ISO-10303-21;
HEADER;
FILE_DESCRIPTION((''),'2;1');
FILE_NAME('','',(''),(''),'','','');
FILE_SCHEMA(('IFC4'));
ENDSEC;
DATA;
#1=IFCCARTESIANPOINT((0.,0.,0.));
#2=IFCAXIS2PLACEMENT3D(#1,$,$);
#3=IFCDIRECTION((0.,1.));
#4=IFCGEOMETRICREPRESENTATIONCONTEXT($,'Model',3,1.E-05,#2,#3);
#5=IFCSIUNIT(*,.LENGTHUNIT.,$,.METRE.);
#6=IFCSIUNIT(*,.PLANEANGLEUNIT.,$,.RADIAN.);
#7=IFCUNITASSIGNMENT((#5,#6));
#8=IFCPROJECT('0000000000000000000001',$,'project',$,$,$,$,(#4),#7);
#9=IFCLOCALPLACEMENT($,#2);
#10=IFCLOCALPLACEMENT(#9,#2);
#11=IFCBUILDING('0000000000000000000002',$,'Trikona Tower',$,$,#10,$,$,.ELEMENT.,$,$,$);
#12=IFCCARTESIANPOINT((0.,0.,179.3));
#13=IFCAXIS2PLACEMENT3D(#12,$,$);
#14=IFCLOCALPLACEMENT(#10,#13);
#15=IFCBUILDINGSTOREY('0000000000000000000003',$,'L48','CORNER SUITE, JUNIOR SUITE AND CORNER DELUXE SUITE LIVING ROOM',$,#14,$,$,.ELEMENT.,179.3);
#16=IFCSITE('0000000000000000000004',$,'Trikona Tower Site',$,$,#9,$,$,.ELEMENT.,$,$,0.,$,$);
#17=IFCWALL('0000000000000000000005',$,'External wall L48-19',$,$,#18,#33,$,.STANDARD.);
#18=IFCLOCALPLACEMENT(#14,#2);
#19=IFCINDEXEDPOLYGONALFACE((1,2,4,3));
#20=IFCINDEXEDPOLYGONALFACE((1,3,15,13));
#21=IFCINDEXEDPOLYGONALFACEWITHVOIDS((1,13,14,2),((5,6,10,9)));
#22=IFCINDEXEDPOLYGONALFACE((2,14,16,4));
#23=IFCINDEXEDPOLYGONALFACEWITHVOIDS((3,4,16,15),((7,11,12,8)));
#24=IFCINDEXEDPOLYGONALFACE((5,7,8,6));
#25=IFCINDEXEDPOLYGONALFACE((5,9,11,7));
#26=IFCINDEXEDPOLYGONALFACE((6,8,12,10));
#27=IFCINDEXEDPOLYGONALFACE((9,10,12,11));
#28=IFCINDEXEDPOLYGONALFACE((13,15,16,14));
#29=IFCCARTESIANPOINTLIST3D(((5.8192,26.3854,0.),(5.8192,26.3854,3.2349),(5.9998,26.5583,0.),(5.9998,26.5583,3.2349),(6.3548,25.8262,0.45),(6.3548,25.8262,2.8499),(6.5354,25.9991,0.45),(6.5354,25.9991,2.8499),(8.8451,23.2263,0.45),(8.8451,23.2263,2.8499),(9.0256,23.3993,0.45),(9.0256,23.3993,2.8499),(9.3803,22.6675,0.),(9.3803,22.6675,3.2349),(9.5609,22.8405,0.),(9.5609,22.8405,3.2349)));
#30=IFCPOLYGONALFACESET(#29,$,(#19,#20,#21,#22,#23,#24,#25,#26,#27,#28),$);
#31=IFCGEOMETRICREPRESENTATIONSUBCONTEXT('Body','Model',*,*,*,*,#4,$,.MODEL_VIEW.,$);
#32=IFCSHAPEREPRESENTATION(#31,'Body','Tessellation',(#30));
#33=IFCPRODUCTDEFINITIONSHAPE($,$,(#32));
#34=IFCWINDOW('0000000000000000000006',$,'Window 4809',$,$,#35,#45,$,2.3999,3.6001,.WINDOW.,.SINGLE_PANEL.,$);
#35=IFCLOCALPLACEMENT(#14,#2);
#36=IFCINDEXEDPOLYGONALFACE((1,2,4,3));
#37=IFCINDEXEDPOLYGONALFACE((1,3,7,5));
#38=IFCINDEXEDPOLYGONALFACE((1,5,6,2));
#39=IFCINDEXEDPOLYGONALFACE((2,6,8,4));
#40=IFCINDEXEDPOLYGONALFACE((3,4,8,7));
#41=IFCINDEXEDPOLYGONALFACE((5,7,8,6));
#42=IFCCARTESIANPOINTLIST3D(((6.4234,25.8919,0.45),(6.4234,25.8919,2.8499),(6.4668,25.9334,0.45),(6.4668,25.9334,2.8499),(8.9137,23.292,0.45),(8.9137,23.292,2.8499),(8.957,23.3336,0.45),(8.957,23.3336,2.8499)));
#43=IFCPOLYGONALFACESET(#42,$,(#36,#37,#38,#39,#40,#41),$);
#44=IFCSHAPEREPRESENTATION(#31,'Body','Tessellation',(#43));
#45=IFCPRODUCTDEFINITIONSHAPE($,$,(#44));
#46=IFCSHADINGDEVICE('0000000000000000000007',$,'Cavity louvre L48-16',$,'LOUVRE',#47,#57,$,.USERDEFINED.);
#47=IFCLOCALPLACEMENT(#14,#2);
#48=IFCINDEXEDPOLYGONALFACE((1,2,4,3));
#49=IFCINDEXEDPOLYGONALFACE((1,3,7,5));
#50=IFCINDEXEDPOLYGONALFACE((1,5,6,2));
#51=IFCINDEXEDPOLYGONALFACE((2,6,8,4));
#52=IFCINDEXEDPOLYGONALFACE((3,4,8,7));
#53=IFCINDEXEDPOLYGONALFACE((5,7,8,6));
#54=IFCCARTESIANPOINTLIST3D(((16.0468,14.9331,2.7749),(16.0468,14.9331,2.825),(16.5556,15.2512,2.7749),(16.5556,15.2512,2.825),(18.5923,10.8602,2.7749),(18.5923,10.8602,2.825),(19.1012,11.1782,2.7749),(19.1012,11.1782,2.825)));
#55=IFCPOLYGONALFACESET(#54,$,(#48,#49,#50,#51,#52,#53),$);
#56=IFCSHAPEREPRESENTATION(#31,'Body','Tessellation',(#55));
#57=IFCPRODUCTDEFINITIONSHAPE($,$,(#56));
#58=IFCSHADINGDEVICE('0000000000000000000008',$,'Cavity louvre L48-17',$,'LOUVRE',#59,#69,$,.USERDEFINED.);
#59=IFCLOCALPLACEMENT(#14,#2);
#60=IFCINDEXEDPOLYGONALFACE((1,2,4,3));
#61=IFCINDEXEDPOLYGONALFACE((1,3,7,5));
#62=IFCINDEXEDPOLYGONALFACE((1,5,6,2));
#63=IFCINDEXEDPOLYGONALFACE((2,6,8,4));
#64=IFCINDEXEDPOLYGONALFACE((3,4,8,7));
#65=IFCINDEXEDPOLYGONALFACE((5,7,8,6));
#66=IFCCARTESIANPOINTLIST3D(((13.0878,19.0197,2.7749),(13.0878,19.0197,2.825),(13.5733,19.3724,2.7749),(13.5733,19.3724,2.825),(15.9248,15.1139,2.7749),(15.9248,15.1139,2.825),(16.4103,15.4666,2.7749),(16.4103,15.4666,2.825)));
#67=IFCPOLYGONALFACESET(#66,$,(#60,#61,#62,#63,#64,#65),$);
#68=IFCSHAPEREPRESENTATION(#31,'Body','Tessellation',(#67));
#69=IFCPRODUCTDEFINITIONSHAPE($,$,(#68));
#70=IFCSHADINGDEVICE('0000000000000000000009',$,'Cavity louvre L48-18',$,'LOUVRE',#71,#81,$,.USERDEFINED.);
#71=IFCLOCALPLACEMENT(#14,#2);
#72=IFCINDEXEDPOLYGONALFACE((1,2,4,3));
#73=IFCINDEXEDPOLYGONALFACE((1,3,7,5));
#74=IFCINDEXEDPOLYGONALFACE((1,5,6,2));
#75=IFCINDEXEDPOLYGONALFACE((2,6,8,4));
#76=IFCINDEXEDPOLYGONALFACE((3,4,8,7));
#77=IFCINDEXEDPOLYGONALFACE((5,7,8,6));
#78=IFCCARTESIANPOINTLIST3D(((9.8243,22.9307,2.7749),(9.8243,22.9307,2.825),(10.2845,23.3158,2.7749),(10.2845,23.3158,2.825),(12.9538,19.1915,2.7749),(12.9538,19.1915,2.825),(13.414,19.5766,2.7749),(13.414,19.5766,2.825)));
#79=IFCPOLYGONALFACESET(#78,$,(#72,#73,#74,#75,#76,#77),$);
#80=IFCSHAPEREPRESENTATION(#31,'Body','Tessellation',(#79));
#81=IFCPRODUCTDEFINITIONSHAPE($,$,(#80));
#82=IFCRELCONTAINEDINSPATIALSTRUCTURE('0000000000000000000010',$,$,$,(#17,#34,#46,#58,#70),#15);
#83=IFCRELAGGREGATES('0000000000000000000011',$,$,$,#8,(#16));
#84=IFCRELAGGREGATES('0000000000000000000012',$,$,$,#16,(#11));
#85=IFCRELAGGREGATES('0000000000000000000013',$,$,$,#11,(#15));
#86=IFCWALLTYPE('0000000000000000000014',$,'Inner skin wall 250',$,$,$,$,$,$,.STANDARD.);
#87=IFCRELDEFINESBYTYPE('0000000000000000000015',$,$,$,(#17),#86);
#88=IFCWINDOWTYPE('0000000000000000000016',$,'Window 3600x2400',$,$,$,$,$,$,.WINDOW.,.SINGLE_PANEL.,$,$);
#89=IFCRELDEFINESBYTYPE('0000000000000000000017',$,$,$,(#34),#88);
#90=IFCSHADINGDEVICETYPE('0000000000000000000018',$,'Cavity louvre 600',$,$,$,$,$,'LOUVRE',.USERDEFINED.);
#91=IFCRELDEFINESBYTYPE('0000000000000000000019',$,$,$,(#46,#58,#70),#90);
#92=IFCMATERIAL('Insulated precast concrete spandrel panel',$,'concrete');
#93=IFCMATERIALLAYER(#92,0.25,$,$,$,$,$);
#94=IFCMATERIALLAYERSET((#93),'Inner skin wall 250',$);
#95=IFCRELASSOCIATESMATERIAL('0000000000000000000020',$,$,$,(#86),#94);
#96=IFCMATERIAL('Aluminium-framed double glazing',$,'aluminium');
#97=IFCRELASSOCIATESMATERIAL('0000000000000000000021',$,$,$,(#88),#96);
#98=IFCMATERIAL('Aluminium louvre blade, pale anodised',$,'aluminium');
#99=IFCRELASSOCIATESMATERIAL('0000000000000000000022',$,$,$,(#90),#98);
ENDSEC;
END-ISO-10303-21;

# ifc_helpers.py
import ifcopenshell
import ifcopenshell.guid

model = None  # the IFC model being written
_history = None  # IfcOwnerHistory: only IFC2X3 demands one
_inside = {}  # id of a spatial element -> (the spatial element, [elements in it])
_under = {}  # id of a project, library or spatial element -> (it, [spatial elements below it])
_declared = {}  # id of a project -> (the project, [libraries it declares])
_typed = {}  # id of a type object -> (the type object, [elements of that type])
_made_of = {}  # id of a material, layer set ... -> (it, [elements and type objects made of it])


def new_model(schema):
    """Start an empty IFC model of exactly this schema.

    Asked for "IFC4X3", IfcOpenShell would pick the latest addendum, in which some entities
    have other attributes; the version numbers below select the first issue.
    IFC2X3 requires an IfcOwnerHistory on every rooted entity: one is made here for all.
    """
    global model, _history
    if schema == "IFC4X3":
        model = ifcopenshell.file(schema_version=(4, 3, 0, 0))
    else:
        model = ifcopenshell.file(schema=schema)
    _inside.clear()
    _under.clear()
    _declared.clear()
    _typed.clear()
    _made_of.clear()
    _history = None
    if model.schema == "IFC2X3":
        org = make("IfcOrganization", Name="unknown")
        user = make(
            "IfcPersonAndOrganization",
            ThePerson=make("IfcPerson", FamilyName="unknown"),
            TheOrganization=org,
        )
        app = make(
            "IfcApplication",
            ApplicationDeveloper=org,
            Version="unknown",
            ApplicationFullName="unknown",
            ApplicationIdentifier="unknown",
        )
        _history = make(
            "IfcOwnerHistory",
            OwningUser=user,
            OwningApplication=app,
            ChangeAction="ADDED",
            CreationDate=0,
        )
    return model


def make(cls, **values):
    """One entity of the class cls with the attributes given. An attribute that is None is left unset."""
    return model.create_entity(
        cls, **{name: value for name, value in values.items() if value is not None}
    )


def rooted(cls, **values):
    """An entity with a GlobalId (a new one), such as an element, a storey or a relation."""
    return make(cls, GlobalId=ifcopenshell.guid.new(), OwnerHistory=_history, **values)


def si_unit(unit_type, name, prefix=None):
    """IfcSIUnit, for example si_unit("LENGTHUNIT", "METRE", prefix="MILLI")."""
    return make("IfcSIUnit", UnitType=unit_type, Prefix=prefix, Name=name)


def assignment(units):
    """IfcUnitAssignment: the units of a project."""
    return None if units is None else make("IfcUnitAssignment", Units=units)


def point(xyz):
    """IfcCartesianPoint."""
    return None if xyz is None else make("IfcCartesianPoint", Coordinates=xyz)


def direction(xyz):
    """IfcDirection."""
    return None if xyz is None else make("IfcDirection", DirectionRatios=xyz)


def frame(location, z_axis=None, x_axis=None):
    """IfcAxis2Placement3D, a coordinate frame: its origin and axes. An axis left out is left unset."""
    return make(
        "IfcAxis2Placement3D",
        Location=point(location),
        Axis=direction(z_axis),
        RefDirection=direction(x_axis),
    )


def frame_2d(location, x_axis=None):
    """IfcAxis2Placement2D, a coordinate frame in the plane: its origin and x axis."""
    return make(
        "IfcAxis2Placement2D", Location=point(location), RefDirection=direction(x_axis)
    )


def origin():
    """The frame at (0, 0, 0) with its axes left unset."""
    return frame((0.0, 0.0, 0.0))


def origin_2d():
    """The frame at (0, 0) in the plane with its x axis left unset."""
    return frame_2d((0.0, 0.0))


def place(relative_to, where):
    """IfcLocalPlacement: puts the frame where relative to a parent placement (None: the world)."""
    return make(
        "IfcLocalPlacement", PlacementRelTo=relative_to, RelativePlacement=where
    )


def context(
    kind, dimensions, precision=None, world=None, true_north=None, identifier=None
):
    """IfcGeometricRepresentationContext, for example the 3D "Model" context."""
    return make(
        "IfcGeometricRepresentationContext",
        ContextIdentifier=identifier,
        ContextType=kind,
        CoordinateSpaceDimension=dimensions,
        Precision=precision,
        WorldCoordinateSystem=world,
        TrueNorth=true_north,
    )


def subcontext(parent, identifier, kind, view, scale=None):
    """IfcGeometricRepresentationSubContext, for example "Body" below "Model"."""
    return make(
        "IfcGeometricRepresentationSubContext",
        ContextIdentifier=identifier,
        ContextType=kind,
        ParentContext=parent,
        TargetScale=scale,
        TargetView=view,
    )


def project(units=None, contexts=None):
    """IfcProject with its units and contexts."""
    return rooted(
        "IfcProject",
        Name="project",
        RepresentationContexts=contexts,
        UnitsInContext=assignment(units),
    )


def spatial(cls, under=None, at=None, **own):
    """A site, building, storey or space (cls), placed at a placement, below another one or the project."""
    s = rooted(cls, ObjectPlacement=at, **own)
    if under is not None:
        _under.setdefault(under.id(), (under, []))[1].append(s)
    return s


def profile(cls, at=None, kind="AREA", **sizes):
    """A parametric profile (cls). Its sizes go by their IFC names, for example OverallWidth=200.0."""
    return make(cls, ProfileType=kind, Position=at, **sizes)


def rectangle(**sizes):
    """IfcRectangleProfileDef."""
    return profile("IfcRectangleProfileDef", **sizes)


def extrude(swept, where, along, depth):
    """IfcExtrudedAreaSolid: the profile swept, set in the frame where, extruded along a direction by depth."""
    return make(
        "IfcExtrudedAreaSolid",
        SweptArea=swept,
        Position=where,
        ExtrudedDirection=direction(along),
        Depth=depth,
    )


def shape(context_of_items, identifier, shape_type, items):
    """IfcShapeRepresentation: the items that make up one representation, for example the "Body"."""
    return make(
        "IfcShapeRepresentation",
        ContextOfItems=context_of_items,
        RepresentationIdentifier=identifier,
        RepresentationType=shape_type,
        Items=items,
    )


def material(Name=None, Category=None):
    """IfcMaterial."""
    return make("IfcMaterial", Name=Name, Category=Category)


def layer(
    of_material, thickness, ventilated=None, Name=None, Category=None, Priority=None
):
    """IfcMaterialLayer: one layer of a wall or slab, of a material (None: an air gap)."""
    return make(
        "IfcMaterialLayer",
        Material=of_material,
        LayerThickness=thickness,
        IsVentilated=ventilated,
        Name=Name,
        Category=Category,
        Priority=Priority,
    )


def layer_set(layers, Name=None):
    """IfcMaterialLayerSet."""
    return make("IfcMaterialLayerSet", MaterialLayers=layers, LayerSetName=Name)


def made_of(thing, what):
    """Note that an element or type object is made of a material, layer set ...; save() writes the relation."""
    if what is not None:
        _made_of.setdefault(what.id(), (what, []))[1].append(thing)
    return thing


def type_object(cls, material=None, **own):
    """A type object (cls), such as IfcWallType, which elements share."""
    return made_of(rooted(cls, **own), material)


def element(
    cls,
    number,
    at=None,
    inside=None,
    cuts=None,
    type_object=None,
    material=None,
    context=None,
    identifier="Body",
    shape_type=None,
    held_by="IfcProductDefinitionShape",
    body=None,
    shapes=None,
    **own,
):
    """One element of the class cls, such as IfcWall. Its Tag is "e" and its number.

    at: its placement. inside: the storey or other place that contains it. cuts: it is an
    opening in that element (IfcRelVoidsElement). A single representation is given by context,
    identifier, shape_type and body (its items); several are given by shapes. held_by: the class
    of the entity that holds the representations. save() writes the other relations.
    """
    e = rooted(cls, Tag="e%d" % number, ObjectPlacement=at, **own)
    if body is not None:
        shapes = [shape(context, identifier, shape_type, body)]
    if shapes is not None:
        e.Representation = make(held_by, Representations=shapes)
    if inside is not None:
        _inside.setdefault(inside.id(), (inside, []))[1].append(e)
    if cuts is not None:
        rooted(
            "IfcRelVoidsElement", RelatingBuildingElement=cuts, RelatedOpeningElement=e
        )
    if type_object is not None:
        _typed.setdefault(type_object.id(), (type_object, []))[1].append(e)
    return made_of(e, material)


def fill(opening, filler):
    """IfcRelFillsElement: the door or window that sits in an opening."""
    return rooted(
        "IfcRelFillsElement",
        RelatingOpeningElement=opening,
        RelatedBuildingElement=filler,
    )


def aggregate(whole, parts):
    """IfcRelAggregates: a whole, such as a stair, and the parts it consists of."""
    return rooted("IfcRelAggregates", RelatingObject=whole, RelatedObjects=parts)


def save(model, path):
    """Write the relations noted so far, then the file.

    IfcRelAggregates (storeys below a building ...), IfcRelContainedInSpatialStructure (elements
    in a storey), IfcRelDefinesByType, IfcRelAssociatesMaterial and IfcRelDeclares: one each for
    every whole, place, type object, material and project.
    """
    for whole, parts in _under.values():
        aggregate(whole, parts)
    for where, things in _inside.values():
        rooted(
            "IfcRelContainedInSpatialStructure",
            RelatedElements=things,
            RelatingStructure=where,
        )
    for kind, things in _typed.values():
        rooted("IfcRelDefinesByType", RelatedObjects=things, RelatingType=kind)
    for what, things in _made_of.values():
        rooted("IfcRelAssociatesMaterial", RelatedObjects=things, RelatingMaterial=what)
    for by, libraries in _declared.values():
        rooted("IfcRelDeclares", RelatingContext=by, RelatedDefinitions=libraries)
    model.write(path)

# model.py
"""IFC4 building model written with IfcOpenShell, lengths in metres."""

from ifc_helpers import new_model, si_unit, direction, frame, frame_2d, origin, origin_2d, place, context, subcontext, project, spatial, rectangle, extrude, material, layer, layer_set, type_object, element, fill, save


model = new_model("IFC4")

# Units and contexts
model_context = context("Model", 3, precision=1e-05, world=origin(), true_north=direction((0.0, 1.0)))
body_context = subcontext(model_context, "Body", "Model", "MODEL_VIEW")
ifc_project = project(units=[si_unit("LENGTHUNIT", "METRE"), si_unit("PLANEANGLEUNIT", "RADIAN")], contexts=[model_context])

# Site, building, storey
site_placement = place(None, origin())
site = spatial("IfcSite", under=ifc_project, at=site_placement, Name="Trikona Tower Site", CompositionType="ELEMENT", RefElevation=0.0)
building_placement = place(site_placement, origin())
building = spatial("IfcBuilding", under=site, at=building_placement, Name="Trikona Tower", CompositionType="ELEMENT")
storey_placement = place(building_placement, frame((0.0, 0.0, 179.3)))
storey = spatial("IfcBuildingStorey", under=building, at=storey_placement, Name="L48", Description="CORNER SUITE, JUNIOR SUITE AND CORNER DELUXE SUITE LIVING ROOM", CompositionType="ELEMENT", Elevation=179.3)

# Wall, opening, window
ifc_material_1 = material(Name="Insulated precast concrete spandrel panel", Category="concrete")
ifc_layer_1 = layer(ifc_material_1, 0.25)
ifc_layer_set_1 = layer_set([ifc_layer_1], Name="Inner skin wall 250")
wall_type = type_object("IfcWallType", Name="Inner skin wall 250", PredefinedType="STANDARD", material=ifc_layer_set_1)
ifc_material_2 = material(Name="Aluminium-framed double glazing", Category="aluminium")
window_type = type_object("IfcWindowType", Name="Window 3600x2400", PartitioningType="SINGLE_PANEL", PredefinedType="WINDOW", material=ifc_material_2)
wall_1_placement = place(storey_placement, frame((9.4707, 22.7539, 0.0), z_axis=(0.0, 0.0, 1.0), x_axis=(-0.69172, 0.722166, 0.0)))
wall_1 = element("IfcWall", 1, at=wall_1_placement, inside=storey, type_object=wall_type, Name="External wall L48-19", PredefinedType="STANDARD", context=body_context, shape_type="SweptSolid", body=[
    extrude(rectangle(XDim=5.1482, YDim=0.25, at=frame_2d((2.5742, 0.0))), origin(), (0.0, 0.0, 1.0), 3.2349),
])
opening_1_placement = place(wall_1_placement, frame((0.7739, 0.0, 0.45)))
opening_1 = element("IfcOpeningElement", 2, at=opening_1_placement, cuts=wall_1, PredefinedType="OPENING", context=body_context, shape_type="SweptSolid", body=[
    extrude(rectangle(XDim=3.6001, YDim=2.3999, at=frame_2d((1.8, 1.2))), frame((0.0, 0.135, 0.0), z_axis=(0.0, -1.0, 0.0), x_axis=(1.0, 0.0, 0.0)), (0.0, 0.0, 1.0), 0.27),
])
window_1_placement = place(opening_1_placement, origin())
window_1 = element("IfcWindow", 3, at=window_1_placement, inside=storey, type_object=window_type, Name="Window 4809", OverallHeight=2.3999, OverallWidth=3.6001, PartitioningType="SINGLE_PANEL", PredefinedType="WINDOW", context=body_context, shape_type="SweptSolid", body=[
    extrude(rectangle(XDim=3.6001, YDim=2.3999, at=frame_2d((1.8, 1.2))), frame((0.0, 0.03, 0.0), z_axis=(0.0, -1.0, 0.0), x_axis=(1.0, 0.0, 0.0)), (0.0, 0.0, 1.0), 0.0601),
])
fill(opening_1, window_1)

# Shading devices
ifc_material_3 = material(Name="Aluminium louvre blade, pale anodised", Category="aluminium")
shading_device_type = type_object("IfcShadingDeviceType", Name="Cavity louvre 600", ElementType="LOUVRE", PredefinedType="USERDEFINED", material=ifc_material_3)
shading_device_1_placement = place(storey_placement, frame((17.574, 13.0557, 2.7749), z_axis=(0.0, 0.0, 1.0), x_axis=(-0.529995, 0.848001, 0.0)))
element("IfcShadingDevice", 4, at=shading_device_1_placement, inside=storey, type_object=shading_device_type, Name="Cavity louvre L48-16", ObjectType="LOUVRE", PredefinedType="USERDEFINED", context=body_context, shape_type="SweptSolid", body=[
    extrude(rectangle(XDim=4.803, YDim=0.6001, at=origin_2d()), origin(), (0.0, 0.0, 1.0), 0.05),
])
shading_device_2_placement = place(storey_placement, frame((14.749, 17.2432, 2.7749), z_axis=(0.0, 0.0, 1.0), x_axis=(-0.587686, 0.809089, 0.0)))
element("IfcShadingDevice", 5, at=shading_device_2_placement, inside=storey, type_object=shading_device_type, Name="Cavity louvre L48-17", ObjectType="LOUVRE", PredefinedType="USERDEFINED", context=body_context, shape_type="SweptSolid", body=[
    extrude(rectangle(XDim=4.8274, YDim=0.6001, at=origin_2d()), origin(), (0.0, 0.0, 1.0), 0.05),
])
shading_device_3_placement = place(storey_placement, frame((11.6191, 21.2537, 2.7749), z_axis=(0.0, 0.0, 1.0), x_axis=(-0.641807, 0.766866, 0.0)))
element("IfcShadingDevice", 6, at=shading_device_3_placement, inside=storey, type_object=shading_device_type, Name="Cavity louvre L48-18", ObjectType="LOUVRE", PredefinedType="USERDEFINED", context=body_context, shape_type="SweptSolid", body=[
    extrude(rectangle(XDim=4.876, YDim=0.6001, at=origin_2d()), origin(), (0.0, 0.0, 1.0), 0.05),
])

save(model, "model.ifc")
